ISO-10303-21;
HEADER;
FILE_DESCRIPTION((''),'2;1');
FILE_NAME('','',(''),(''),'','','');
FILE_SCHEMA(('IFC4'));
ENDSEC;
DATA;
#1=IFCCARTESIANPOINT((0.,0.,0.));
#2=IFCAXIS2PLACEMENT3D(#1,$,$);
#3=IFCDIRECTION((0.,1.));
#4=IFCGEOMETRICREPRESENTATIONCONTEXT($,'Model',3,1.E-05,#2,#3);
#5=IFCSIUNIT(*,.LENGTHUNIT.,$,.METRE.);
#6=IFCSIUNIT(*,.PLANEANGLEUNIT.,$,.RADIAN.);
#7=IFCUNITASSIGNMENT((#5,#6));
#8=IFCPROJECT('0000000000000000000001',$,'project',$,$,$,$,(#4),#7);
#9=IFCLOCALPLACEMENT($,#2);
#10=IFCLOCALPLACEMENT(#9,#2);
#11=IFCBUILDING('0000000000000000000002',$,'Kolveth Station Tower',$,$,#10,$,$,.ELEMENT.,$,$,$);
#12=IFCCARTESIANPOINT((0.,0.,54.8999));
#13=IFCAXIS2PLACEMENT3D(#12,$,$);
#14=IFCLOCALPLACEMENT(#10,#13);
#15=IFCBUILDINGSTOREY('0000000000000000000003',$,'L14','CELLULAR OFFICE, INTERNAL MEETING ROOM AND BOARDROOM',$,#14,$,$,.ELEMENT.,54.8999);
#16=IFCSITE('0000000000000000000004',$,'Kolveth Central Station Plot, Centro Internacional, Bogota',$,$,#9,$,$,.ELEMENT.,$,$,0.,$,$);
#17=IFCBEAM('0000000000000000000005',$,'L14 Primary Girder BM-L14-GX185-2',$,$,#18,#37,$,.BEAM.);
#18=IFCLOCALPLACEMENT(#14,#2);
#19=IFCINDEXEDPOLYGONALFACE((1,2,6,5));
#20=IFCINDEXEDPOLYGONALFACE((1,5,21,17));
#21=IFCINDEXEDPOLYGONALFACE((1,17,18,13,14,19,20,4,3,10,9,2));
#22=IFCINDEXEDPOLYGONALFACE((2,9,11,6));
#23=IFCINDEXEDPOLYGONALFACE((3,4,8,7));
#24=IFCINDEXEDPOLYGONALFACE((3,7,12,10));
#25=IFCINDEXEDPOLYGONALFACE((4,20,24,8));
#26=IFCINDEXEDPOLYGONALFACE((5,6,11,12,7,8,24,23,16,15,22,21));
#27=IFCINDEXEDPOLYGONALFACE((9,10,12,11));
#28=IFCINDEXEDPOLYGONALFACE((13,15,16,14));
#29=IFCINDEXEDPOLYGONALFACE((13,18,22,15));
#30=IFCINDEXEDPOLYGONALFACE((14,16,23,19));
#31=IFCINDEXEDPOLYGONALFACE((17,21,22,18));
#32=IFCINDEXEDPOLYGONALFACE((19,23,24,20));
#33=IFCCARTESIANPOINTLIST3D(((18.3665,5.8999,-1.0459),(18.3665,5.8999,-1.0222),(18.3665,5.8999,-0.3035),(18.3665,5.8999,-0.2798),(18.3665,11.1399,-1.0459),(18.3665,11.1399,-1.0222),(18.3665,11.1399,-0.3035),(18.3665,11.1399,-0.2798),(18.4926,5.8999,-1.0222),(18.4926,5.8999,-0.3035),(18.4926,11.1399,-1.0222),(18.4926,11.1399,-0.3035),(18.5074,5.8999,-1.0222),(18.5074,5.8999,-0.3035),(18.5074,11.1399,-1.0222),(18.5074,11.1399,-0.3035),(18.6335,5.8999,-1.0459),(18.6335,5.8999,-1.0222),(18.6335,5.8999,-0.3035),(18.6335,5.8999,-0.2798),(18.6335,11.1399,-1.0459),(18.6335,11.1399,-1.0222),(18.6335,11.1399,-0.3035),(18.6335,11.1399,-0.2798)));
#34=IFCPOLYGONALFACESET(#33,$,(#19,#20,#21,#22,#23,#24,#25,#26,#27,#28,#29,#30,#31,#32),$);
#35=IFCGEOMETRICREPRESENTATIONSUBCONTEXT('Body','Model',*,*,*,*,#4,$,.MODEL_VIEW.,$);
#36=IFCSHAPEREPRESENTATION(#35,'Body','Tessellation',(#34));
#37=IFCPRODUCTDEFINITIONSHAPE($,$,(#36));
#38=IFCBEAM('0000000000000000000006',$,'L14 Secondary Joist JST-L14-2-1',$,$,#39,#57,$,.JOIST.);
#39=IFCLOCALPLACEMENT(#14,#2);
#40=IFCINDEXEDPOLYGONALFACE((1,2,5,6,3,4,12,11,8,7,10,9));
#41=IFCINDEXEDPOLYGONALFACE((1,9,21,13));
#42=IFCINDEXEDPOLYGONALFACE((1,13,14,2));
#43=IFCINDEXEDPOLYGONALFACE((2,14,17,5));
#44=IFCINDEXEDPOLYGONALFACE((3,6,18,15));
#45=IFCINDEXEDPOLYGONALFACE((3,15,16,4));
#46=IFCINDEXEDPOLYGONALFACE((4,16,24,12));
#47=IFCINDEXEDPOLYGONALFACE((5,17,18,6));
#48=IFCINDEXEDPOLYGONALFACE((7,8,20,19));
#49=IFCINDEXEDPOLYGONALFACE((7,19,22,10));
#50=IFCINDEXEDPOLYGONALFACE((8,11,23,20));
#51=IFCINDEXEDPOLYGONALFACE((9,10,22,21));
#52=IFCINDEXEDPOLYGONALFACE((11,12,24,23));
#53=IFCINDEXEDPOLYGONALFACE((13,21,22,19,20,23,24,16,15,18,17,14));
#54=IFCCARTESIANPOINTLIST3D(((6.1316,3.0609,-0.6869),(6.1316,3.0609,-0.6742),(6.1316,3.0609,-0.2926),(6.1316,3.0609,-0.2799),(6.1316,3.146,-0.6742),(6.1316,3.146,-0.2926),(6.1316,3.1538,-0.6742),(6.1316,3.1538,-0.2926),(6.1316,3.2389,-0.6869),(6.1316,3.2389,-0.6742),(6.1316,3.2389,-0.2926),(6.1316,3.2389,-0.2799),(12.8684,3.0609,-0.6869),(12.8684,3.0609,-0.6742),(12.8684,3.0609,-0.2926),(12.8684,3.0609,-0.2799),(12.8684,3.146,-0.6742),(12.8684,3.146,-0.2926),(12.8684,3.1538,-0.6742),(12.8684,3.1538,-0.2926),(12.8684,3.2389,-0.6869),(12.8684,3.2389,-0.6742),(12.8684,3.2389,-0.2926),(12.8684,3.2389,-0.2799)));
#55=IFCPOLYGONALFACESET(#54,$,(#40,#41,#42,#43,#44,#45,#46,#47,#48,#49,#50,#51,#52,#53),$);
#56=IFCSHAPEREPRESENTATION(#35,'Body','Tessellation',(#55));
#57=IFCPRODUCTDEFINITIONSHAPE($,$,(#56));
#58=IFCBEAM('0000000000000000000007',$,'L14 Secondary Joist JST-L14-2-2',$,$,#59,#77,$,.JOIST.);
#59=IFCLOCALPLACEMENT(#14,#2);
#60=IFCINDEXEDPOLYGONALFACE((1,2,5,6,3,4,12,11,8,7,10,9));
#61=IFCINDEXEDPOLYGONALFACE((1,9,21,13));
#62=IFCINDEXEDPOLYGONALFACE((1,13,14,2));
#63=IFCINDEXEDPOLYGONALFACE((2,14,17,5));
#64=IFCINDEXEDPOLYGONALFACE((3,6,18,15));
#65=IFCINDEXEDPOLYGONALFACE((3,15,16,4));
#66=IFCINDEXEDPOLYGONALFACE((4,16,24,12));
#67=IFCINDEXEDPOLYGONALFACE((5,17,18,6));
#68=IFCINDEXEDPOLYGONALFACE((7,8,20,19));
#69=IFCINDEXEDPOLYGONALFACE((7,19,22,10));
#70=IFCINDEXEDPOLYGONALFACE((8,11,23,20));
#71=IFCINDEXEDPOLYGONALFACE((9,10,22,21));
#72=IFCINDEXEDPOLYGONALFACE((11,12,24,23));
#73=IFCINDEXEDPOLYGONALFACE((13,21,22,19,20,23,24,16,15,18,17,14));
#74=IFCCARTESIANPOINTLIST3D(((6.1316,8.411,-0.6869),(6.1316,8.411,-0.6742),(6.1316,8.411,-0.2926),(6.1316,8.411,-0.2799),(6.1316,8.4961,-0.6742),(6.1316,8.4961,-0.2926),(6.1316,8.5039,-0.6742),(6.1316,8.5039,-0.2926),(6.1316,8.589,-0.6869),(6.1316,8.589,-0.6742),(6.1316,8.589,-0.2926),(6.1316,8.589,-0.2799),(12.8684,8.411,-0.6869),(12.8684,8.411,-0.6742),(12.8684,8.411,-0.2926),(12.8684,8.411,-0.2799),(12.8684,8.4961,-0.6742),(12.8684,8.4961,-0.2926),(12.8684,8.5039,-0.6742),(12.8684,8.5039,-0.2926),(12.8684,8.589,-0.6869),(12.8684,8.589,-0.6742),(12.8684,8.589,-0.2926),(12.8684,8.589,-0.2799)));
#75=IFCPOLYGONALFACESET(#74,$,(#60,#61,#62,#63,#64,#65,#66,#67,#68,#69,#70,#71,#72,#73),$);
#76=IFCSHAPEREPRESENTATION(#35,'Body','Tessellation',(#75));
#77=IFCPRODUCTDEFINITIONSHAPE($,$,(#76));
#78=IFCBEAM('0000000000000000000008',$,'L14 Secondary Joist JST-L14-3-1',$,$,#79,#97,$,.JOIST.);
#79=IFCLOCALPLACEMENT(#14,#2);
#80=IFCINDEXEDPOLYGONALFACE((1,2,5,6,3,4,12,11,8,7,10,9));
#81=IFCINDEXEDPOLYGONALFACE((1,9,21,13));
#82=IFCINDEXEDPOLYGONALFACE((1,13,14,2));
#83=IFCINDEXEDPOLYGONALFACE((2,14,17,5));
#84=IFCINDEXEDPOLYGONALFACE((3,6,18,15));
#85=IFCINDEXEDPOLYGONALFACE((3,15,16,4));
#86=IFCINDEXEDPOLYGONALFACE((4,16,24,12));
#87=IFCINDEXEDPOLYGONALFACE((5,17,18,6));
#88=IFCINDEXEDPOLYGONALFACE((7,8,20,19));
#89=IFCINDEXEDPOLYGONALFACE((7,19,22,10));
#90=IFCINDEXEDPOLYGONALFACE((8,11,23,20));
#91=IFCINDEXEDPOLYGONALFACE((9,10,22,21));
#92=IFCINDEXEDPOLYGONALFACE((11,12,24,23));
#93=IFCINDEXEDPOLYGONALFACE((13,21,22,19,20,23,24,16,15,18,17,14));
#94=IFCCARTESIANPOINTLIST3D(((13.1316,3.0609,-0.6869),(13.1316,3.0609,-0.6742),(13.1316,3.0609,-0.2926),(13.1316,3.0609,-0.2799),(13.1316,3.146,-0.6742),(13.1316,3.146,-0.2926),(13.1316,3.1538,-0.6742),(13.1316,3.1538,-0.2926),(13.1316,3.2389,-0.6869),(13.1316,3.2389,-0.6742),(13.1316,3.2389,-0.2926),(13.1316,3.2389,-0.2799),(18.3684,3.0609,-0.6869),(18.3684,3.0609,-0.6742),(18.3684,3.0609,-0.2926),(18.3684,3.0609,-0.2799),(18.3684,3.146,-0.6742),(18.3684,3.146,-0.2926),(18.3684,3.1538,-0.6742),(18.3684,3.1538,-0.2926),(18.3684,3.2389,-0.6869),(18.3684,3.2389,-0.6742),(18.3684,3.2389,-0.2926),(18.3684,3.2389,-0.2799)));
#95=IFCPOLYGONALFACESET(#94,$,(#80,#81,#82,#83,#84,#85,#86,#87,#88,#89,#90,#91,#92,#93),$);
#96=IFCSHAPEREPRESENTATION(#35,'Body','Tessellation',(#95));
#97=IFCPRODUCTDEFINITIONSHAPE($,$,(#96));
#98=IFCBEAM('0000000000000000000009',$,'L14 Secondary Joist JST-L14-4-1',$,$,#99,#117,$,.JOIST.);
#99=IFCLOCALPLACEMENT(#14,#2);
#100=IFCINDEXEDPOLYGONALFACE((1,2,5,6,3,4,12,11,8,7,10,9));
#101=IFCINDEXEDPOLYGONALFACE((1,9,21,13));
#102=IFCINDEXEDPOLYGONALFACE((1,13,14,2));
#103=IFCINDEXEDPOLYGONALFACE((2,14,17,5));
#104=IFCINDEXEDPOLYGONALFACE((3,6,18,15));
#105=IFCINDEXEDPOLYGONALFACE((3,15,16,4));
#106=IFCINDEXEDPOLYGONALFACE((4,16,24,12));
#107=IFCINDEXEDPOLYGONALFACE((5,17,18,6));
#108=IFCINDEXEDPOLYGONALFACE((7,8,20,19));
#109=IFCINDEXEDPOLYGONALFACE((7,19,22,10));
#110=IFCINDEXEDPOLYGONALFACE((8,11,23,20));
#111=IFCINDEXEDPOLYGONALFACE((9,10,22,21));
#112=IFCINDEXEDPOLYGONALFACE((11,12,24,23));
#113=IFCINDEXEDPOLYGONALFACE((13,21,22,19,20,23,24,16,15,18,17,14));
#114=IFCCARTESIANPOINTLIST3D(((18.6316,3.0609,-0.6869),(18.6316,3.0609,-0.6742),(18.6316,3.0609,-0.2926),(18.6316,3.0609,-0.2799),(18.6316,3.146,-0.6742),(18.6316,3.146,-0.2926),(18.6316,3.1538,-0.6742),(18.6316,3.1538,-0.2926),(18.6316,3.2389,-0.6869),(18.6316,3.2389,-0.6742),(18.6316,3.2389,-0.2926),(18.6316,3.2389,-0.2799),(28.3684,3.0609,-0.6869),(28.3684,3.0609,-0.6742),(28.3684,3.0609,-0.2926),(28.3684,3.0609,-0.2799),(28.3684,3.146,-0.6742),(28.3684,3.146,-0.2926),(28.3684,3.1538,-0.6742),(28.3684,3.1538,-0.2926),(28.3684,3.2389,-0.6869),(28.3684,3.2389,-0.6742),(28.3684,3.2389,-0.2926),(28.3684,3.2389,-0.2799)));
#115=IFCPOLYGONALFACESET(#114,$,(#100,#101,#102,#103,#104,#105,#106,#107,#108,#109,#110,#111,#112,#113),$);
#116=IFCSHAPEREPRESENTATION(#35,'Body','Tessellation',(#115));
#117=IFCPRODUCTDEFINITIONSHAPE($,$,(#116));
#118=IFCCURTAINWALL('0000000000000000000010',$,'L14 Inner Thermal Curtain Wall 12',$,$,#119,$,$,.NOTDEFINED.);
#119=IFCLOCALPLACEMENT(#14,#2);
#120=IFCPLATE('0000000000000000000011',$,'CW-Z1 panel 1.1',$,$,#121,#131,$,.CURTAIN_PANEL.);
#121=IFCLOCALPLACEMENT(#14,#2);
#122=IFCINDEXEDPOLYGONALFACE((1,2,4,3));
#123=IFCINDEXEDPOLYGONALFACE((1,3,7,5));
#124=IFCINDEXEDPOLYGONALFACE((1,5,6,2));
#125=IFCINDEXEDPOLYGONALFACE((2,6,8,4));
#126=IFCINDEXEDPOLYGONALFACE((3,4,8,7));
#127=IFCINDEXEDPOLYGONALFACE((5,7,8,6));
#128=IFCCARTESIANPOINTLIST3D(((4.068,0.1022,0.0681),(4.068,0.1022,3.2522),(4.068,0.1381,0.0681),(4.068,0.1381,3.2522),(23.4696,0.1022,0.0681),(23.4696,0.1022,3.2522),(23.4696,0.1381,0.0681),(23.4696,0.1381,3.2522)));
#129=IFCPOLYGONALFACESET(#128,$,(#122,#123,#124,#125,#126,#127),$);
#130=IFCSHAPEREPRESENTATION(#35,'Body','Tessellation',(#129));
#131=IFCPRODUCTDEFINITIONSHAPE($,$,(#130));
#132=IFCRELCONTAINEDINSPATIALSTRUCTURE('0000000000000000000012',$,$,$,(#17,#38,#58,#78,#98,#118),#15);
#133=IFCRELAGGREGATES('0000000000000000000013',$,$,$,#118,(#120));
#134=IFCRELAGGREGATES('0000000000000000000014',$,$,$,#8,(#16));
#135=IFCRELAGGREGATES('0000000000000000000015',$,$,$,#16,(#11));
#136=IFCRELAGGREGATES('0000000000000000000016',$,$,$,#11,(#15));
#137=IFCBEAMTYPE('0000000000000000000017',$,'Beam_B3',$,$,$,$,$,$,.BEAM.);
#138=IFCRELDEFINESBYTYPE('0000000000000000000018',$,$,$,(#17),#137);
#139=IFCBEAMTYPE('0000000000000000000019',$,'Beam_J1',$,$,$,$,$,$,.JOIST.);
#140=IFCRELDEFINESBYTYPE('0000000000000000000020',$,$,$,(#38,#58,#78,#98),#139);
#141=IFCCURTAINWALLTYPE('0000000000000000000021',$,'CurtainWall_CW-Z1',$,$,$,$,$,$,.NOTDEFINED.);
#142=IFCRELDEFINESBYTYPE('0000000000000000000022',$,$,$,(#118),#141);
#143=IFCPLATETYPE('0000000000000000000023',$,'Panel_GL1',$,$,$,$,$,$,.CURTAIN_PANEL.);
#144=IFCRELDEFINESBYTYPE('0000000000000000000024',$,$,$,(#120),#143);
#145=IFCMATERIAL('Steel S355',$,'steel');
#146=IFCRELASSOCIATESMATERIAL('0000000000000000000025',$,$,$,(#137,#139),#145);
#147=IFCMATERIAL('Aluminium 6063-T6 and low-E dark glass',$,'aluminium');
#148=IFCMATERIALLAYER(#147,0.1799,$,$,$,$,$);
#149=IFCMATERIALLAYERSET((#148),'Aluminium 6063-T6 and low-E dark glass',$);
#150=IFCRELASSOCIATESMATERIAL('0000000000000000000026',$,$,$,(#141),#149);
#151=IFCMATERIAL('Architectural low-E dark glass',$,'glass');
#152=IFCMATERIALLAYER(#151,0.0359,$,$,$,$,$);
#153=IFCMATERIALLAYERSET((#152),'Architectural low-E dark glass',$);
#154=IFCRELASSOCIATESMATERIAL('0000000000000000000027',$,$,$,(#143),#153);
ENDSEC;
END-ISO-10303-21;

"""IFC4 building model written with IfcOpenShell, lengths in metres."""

from ifc_helpers import new_model, si_unit, direction, frame, origin, origin_2d, place, context, subcontext, project, spatial, rectangle, i_section, extrude, source, transform, mapped, material, layer, layer_set, material_profile, profile_set, type_object, element, aggregate, save


model = new_model("IFC4")

# Units and contexts
model_context = context("Model", 3, precision=1e-05, world=origin(), true_north=direction((0.0, 1.0)))
body_context = subcontext(model_context, "Body", "Model", "MODEL_VIEW")
ifc_project = project(units=[si_unit("LENGTHUNIT", "METRE"), si_unit("PLANEANGLEUNIT", "RADIAN")], contexts=[model_context])

# Site, building, storey
site_placement = place(None, origin())
site = spatial("IfcSite", under=ifc_project, at=site_placement, Name="Kolveth Central Station Plot, Centro Internacional, Bogota", CompositionType="ELEMENT", RefElevation=0.0)
building_placement = place(site_placement, origin())
building = spatial("IfcBuilding", under=site, at=building_placement, Name="Kolveth Station Tower", CompositionType="ELEMENT")
storey_placement = place(building_placement, frame((0.0, 0.0, 54.8999)))
storey = spatial("IfcBuildingStorey", under=building, at=storey_placement, Name="L14", Description="CELLULAR OFFICE, INTERNAL MEETING ROOM AND BOARDROOM", CompositionType="ELEMENT", Elevation=54.8999)

# Shared definitions
ifc_material_1 = material(Name="Steel S355", Category="steel")

# Beams
ifc_material_profile_1 = material_profile(ifc_material_1, i_section(OverallWidth=0.2671, OverallDepth=0.7661, WebThickness=0.0149, FlangeThickness=0.0237, at=origin_2d()), Name="W760x185")
ifc_profile_set_1 = profile_set([ifc_material_profile_1], Name="Steel S355")
beam_type_1 = type_object("IfcBeamType", Name="Beam_B3", PredefinedType="BEAM", material=ifc_profile_set_1)
shared_shape_1 = source(origin(), body_context, "Body", "SweptSolid", [
    extrude(i_section(OverallWidth=0.2671, OverallDepth=0.7661, WebThickness=0.0149, FlangeThickness=0.0237, at=origin_2d()), origin(), (0.0, 0.0, 1.0), 5.24),
])
beam_1_placement = place(storey_placement, frame((18.5, 5.8999, -0.6628), z_axis=(0.0, 1.0, 0.0), x_axis=(-1.0, 0.0, 0.0)))
element("IfcBeam", 1, at=beam_1_placement, inside=storey, type_object=beam_type_1, Name="L14 Primary Girder BM-L14-GX185-2", PredefinedType="BEAM", context=body_context, shape_type="MappedRepresentation", body=[
    mapped(shared_shape_1, transform((0.0, 0.0, 0.0), x_axis=(1.0, 0.0, 0.0), y_axis=(0.0, 1.0, 0.0), z_axis=(0.0, 0.0, 1.0), scale=1.0)),
])
ifc_material_profile_2 = material_profile(ifc_material_1, i_section(OverallWidth=0.178, OverallDepth=0.407, WebThickness=0.0078, FlangeThickness=0.0127, at=origin_2d()), Name="W410x60")
ifc_profile_set_2 = profile_set([ifc_material_profile_2], Name="Steel S355")
beam_type_2 = type_object("IfcBeamType", Name="Beam_J1", PredefinedType="JOIST", material=ifc_profile_set_2)
shared_shape_2 = source(origin(), body_context, "Body", "SweptSolid", [
    extrude(i_section(OverallWidth=0.178, OverallDepth=0.407, WebThickness=0.0078, FlangeThickness=0.0127, at=origin_2d()), origin(), (0.0, 0.0, 1.0), 6.7368),
])
for number, where, z_axis, x_axis, name in (
    (2, (6.1316, 3.1499, -0.4834), (1.0, 0.0, 0.0), (0.0, 1.0, 0.0), "L14 Secondary Joist JST-L14-2-1"),
    (3, (6.1316, 8.5, -0.4834), (1.0, 0.0, 0.0), (0.0, 1.0, 0.0), "L14 Secondary Joist JST-L14-2-2"),
):
    element("IfcBeam", number, at=place(storey_placement, frame(where, z_axis=z_axis, x_axis=x_axis)), inside=storey, type_object=beam_type_2, Name=name, PredefinedType="JOIST", context=body_context, shape_type="MappedRepresentation", body=[
        mapped(shared_shape_2, transform((0.0, 0.0, 0.0), x_axis=(1.0, 0.0, 0.0), y_axis=(0.0, 1.0, 0.0), z_axis=(0.0, 0.0, 1.0), scale=1.0)),
    ])
shared_shape_3 = source(origin(), body_context, "Body", "SweptSolid", [
    extrude(i_section(OverallWidth=0.178, OverallDepth=0.407, WebThickness=0.0078, FlangeThickness=0.0127, at=origin_2d()), origin(), (0.0, 0.0, 1.0), 5.2368),
])
beam_2_placement = place(storey_placement, frame((13.1316, 3.1499, -0.4834), z_axis=(1.0, 0.0, 0.0), x_axis=(0.0, 1.0, 0.0)))
element("IfcBeam", 4, at=beam_2_placement, inside=storey, type_object=beam_type_2, Name="L14 Secondary Joist JST-L14-3-1", PredefinedType="JOIST", context=body_context, shape_type="MappedRepresentation", body=[
    mapped(shared_shape_3, transform((0.0, 0.0, 0.0), x_axis=(1.0, 0.0, 0.0), y_axis=(0.0, 1.0, 0.0), z_axis=(0.0, 0.0, 1.0), scale=1.0)),
])
shared_shape_4 = source(origin(), body_context, "Body", "SweptSolid", [
    extrude(i_section(OverallWidth=0.178, OverallDepth=0.407, WebThickness=0.0078, FlangeThickness=0.0127, at=origin_2d()), origin(), (0.0, 0.0, 1.0), 9.7368),
])
beam_3_placement = place(storey_placement, frame((18.6316, 3.1499, -0.4834), z_axis=(1.0, 0.0, 0.0), x_axis=(0.0, 1.0, 0.0)))
element("IfcBeam", 5, at=beam_3_placement, inside=storey, type_object=beam_type_2, Name="L14 Secondary Joist JST-L14-4-1", PredefinedType="JOIST", context=body_context, shape_type="MappedRepresentation", body=[
    mapped(shared_shape_4, transform((0.0, 0.0, 0.0), x_axis=(1.0, 0.0, 0.0), y_axis=(0.0, 1.0, 0.0), z_axis=(0.0, 0.0, 1.0), scale=1.0)),
])

# Curtain wall, plate
ifc_material_2 = material(Name="Aluminium 6063-T6 and low-E dark glass", Category="aluminium")
ifc_layer_1 = layer(ifc_material_2, 0.1799)
ifc_layer_set_1 = layer_set([ifc_layer_1], Name="Aluminium 6063-T6 and low-E dark glass")
curtain_wall_type = type_object("IfcCurtainWallType", Name="CurtainWall_CW-Z1", PredefinedType="NOTDEFINED", material=ifc_layer_set_1)
curtain_wall_placement = place(storey_placement, origin())
curtain_wall = element("IfcCurtainWall", 6, at=curtain_wall_placement, inside=storey, type_object=curtain_wall_type, Name="L14 Inner Thermal Curtain Wall 12", PredefinedType="NOTDEFINED")
ifc_material_3 = material(Name="Architectural low-E dark glass", Category="glass")
ifc_layer_2 = layer(ifc_material_3, 0.0359)
ifc_layer_set_2 = layer_set([ifc_layer_2], Name="Architectural low-E dark glass")
plate_type = type_object("IfcPlateType", Name="Panel_GL1", PredefinedType="CURTAIN_PANEL", material=ifc_layer_set_2)
shared_shape_5 = source(origin(), body_context, "Body", "SweptSolid", [
    extrude(rectangle(XDim=19.4016, YDim=0.0359, at=origin_2d()), origin(), (0.0, 0.0, 1.0), 3.1841),
])
plate_placement = place(storey_placement, frame((13.7688, 0.1201, 0.0681), z_axis=(0.0, 0.0, 1.0), x_axis=(1.0, 0.0, 0.0)))
plate = element("IfcPlate", 7, at=plate_placement, type_object=plate_type, Name="CW-Z1 panel 1.1", PredefinedType="CURTAIN_PANEL", context=body_context, shape_type="MappedRepresentation", body=[
    mapped(shared_shape_5, transform((0.0, 0.0, 0.0), x_axis=(1.0, 0.0, 0.0), y_axis=(0.0, 1.0, 0.0), z_axis=(0.0, 0.0, 1.0), scale=1.0)),
])
aggregate(curtain_wall, [plate])

save(model, "model.ifc")
